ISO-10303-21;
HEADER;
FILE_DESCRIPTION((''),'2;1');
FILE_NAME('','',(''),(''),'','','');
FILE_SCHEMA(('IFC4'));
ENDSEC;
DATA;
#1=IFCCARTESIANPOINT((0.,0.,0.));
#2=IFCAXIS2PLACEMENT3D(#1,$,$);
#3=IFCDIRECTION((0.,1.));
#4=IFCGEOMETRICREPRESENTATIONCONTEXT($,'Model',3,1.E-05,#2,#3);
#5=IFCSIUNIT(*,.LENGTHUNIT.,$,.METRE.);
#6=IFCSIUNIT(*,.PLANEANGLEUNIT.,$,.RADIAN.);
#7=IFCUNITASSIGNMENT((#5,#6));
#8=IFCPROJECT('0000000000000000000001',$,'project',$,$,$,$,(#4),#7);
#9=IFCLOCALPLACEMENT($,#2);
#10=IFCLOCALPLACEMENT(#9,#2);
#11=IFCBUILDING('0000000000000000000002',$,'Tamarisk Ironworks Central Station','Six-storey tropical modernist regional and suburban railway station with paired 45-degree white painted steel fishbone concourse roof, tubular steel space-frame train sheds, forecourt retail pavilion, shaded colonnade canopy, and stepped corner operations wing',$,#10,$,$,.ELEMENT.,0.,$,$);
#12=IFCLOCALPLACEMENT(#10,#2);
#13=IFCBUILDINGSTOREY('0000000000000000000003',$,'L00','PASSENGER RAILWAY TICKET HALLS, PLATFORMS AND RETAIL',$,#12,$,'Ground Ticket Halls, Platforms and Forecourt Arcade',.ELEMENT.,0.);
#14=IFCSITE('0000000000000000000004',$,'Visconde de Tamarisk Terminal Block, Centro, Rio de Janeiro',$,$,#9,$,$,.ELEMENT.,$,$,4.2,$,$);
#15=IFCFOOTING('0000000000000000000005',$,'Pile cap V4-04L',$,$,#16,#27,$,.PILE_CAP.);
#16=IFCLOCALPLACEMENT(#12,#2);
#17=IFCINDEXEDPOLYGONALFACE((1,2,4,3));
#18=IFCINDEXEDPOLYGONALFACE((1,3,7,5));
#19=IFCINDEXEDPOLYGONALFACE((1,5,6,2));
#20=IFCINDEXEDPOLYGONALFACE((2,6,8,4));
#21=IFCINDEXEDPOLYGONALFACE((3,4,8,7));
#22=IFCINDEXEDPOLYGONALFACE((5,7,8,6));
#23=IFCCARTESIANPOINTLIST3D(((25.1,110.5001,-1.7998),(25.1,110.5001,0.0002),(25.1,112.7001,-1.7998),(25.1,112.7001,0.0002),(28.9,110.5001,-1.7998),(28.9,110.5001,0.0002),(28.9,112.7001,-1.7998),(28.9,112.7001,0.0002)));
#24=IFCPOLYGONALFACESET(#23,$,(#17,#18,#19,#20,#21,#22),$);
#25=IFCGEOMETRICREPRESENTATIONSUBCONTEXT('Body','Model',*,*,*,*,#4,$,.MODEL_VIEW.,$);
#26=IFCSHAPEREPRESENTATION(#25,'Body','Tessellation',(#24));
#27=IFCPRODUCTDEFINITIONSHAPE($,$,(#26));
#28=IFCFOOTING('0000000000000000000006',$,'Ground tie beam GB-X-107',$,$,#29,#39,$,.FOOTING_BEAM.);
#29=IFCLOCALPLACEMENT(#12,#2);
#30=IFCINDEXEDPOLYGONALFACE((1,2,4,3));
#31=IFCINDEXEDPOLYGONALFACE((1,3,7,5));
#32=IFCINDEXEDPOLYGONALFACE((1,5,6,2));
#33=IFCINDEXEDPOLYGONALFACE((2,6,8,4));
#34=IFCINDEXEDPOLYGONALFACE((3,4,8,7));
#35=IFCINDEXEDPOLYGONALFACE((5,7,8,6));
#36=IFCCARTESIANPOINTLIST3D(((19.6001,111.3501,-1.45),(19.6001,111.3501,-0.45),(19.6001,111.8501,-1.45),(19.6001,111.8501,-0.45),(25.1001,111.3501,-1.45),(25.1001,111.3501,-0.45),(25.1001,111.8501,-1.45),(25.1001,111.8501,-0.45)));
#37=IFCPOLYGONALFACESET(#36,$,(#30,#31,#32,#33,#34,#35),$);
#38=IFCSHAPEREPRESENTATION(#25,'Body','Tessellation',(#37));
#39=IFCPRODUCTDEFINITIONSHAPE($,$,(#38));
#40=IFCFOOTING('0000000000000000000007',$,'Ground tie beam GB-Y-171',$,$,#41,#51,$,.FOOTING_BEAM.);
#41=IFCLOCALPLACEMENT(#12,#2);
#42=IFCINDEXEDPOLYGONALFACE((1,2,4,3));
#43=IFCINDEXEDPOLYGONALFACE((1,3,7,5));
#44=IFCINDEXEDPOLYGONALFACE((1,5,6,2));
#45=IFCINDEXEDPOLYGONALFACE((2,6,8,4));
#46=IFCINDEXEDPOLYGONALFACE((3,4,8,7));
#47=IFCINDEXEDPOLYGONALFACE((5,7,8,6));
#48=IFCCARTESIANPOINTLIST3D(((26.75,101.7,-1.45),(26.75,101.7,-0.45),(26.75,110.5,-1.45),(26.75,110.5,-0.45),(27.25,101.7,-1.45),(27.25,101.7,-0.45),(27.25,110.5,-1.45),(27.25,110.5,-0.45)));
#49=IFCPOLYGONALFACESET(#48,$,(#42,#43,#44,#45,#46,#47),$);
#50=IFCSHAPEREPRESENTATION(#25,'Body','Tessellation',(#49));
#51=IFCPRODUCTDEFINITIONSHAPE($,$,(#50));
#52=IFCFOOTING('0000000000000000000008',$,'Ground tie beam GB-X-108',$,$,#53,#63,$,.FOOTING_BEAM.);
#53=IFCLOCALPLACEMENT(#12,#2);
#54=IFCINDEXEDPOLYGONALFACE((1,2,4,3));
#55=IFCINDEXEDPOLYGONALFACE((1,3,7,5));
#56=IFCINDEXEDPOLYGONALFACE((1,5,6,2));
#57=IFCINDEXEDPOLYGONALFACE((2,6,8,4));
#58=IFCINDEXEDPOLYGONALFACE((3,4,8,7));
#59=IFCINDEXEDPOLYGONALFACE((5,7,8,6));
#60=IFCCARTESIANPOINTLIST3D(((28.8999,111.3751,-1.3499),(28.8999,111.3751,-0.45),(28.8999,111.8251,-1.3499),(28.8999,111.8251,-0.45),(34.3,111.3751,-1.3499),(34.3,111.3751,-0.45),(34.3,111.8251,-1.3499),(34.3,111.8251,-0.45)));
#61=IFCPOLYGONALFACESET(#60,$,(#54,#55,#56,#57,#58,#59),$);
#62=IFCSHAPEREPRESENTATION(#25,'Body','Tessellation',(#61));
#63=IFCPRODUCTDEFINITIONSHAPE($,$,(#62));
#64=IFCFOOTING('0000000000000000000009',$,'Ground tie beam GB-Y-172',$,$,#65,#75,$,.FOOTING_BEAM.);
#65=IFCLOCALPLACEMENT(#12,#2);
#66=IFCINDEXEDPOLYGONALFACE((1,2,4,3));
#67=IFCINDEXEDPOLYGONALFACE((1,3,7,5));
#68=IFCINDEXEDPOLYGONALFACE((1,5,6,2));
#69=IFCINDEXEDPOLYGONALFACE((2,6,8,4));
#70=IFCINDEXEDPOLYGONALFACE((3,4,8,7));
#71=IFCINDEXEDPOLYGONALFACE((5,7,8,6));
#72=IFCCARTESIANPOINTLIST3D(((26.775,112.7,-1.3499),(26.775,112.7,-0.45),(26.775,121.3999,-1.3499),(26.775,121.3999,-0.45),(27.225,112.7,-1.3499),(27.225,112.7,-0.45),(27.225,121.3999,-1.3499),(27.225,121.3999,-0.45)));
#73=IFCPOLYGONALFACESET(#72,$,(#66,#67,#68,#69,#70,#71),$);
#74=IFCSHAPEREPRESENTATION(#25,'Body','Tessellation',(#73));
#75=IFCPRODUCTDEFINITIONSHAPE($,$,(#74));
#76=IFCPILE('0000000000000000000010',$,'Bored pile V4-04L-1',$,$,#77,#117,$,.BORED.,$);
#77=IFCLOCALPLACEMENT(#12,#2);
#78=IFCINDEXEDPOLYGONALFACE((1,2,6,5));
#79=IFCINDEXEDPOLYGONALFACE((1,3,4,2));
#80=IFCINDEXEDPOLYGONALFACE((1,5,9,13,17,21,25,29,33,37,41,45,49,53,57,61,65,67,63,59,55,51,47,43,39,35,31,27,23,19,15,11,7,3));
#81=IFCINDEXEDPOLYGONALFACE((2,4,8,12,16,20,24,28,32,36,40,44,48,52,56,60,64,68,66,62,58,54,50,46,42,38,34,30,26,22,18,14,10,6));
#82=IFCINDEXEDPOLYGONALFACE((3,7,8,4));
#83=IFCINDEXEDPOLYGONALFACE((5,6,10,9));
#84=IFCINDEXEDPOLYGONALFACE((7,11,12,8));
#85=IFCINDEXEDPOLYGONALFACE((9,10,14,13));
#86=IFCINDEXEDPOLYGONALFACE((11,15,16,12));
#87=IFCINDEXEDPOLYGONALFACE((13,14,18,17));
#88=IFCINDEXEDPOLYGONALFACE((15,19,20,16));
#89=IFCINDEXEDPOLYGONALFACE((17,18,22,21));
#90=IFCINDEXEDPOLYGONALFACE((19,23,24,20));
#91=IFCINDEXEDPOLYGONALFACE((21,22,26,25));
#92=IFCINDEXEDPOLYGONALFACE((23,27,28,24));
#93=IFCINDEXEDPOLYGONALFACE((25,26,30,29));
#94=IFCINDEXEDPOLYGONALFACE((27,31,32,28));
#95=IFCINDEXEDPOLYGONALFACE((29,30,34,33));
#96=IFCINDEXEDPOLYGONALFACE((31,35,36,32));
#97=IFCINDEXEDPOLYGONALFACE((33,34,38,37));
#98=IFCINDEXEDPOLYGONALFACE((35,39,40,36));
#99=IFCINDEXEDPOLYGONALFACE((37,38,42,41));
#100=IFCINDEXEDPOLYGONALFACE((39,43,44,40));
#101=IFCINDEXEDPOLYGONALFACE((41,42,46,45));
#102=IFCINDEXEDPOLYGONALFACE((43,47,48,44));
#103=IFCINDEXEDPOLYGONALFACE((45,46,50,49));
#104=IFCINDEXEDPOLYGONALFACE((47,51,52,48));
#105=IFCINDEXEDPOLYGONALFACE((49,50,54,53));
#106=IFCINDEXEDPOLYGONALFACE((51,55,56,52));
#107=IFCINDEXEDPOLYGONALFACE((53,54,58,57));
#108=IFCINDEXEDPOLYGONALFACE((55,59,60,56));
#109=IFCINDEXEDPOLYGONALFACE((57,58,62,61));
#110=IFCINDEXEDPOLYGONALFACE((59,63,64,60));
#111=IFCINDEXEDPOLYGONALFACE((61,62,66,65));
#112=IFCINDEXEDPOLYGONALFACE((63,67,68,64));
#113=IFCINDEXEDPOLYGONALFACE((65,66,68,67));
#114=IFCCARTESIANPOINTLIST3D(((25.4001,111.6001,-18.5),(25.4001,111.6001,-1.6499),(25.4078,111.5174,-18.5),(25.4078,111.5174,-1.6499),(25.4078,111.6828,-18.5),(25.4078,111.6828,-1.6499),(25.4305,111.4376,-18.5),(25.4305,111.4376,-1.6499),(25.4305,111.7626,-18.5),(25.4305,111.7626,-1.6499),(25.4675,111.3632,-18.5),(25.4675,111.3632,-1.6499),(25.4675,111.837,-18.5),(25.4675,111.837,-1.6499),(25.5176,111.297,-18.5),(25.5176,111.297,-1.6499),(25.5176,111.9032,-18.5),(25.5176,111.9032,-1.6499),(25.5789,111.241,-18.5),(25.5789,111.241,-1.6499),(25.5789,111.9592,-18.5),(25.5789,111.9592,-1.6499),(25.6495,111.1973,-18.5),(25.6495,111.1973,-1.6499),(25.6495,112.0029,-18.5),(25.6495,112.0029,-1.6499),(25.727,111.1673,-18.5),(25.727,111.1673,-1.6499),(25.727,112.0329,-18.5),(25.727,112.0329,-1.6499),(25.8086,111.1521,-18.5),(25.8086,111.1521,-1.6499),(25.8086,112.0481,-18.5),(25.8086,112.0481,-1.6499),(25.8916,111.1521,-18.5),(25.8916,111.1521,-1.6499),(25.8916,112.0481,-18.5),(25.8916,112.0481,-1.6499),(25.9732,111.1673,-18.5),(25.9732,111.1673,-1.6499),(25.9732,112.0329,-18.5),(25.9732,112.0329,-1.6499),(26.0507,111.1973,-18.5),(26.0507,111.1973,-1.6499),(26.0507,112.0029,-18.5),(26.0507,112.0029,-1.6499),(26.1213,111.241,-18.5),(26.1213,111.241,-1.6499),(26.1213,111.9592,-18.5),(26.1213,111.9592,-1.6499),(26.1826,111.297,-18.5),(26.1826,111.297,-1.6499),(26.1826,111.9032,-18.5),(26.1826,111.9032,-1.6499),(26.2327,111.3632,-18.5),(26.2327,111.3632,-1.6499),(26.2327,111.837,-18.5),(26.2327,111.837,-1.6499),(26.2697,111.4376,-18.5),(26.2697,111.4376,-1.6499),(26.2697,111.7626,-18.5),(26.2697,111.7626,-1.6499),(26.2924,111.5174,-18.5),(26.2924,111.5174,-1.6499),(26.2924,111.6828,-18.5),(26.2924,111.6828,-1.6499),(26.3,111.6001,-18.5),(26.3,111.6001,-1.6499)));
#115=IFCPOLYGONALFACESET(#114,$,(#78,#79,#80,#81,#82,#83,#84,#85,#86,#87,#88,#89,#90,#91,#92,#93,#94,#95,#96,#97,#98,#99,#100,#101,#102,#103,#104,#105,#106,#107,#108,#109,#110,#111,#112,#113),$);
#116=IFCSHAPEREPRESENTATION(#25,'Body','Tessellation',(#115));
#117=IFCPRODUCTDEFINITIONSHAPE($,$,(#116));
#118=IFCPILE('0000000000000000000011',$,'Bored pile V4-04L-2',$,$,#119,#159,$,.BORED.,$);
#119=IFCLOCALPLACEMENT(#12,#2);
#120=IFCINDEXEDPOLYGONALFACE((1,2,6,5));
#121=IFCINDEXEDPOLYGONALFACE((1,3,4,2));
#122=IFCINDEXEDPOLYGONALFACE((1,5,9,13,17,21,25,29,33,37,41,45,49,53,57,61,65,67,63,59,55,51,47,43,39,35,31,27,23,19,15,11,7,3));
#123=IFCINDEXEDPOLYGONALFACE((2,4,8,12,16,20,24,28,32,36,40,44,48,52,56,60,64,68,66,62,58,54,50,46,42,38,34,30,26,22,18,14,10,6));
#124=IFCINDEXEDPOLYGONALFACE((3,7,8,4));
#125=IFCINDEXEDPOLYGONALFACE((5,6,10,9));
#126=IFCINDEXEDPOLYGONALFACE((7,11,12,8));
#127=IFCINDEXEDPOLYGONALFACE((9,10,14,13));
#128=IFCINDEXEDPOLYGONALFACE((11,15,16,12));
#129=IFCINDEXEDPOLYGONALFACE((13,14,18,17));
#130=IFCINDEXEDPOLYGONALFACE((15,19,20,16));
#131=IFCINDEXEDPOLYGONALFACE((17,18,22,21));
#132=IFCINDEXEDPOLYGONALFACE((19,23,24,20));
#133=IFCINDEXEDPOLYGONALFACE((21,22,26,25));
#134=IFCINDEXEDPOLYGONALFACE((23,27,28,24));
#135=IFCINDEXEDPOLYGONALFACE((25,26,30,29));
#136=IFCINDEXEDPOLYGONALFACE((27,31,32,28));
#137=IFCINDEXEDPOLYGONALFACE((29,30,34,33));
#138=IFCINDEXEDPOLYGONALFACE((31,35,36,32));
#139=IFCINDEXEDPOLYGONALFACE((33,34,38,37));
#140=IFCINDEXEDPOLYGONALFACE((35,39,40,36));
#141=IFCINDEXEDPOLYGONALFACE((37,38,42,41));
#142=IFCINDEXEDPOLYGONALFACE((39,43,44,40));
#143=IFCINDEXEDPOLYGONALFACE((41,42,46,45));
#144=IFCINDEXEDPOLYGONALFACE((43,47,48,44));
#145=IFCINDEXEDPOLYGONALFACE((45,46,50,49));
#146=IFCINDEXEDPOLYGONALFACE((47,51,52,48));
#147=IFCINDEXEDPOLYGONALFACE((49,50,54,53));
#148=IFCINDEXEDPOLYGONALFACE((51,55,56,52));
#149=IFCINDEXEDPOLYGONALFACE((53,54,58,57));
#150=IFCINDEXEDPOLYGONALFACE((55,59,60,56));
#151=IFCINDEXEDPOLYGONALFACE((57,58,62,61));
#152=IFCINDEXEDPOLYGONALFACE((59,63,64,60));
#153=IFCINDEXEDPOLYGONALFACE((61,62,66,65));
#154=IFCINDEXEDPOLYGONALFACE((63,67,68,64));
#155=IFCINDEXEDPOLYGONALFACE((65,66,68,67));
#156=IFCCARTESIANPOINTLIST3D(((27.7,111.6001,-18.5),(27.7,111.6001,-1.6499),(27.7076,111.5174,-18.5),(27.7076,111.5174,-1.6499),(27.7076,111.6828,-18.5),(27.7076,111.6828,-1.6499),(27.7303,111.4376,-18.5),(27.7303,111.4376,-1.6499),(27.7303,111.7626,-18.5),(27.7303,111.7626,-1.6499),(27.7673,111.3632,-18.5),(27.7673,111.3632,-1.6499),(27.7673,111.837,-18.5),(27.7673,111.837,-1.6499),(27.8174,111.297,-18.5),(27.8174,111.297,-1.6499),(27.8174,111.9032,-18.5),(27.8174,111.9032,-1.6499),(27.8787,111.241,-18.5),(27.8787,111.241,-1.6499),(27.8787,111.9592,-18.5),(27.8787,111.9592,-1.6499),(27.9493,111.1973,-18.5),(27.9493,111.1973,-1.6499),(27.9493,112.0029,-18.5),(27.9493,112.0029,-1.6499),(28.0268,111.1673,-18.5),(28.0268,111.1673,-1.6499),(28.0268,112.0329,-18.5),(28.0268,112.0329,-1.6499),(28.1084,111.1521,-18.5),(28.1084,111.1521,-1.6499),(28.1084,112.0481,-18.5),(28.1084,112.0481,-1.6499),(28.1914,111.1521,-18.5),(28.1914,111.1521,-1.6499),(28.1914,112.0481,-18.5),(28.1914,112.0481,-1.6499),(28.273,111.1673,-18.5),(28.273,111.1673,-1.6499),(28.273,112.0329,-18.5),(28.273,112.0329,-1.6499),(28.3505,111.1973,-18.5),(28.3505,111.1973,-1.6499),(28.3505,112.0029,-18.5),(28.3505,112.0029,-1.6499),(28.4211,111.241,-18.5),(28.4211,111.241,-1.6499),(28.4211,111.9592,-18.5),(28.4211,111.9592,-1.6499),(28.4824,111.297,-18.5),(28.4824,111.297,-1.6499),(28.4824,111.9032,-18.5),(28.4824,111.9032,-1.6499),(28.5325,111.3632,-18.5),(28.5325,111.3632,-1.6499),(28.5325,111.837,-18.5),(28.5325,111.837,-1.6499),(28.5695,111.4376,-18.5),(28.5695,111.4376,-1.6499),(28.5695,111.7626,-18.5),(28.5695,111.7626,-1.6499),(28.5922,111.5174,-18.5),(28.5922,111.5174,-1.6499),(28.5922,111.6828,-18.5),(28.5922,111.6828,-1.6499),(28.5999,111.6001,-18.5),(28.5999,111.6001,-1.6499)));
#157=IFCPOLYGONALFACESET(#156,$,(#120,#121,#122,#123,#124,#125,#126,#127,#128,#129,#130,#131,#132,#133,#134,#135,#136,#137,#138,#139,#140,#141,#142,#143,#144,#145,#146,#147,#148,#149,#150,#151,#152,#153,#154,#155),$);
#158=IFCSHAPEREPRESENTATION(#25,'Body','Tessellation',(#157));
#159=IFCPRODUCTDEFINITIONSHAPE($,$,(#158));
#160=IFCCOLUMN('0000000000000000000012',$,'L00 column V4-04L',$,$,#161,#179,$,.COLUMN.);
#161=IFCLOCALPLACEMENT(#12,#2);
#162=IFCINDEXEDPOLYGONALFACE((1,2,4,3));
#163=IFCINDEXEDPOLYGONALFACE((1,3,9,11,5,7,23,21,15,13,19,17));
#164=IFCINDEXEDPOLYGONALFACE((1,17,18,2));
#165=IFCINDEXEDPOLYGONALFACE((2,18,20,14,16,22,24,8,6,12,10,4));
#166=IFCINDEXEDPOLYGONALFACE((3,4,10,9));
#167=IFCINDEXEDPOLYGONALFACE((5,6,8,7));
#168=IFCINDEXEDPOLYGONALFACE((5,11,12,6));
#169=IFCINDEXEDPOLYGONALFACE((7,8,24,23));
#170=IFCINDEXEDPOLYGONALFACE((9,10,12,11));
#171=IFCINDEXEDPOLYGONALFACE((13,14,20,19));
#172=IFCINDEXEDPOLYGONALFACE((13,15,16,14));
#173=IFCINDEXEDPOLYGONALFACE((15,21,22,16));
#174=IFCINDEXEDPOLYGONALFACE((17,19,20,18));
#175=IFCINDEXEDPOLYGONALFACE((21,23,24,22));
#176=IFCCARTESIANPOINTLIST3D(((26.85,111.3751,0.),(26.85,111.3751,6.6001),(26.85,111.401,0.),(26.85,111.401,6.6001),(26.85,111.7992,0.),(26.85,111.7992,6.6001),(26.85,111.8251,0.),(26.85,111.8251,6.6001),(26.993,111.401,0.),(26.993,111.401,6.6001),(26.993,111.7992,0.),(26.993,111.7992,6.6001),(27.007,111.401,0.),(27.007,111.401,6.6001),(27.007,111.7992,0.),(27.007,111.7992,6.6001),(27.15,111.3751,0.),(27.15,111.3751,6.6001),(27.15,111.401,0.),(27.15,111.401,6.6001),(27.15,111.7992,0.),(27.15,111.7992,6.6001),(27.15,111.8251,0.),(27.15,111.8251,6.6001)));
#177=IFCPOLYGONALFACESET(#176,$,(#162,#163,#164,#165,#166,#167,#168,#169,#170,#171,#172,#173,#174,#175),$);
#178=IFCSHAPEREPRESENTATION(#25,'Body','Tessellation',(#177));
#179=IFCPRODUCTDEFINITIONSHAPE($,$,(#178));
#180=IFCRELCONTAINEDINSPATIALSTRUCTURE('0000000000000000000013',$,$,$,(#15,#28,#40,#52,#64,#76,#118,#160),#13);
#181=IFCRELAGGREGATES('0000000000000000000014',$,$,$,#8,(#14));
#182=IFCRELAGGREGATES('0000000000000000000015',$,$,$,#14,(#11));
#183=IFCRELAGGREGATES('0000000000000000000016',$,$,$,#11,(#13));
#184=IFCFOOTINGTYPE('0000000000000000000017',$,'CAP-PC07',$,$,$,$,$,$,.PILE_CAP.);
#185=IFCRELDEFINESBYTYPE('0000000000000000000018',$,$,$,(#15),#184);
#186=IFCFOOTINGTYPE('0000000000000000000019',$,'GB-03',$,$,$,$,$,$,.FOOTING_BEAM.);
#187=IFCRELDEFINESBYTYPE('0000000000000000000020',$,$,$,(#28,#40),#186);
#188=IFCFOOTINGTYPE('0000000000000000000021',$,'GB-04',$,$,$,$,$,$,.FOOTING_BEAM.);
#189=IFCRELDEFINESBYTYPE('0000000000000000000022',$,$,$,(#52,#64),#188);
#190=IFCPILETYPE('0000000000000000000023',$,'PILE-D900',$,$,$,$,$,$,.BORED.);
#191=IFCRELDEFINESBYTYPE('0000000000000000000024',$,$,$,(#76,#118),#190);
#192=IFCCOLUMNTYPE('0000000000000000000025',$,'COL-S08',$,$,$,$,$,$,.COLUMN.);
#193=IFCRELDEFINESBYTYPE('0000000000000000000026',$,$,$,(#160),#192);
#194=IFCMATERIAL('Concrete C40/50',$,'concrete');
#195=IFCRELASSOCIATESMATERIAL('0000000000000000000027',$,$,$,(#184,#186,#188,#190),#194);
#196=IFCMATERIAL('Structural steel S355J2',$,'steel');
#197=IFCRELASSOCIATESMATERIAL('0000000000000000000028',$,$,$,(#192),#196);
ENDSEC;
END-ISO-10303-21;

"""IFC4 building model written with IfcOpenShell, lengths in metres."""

from ifc_helpers import new_model, si_unit, direction, frame, origin, origin_2d, place, context, subcontext, project, spatial, rectangle, circle, i_section, extrude, material, material_profile, profile_set, type_object, element, save


model = new_model("IFC4")

# Units and contexts
model_context = context("Model", 3, precision=1e-05, world=origin(), true_north=direction((0.0, 1.0)))
body_context = subcontext(model_context, "Body", "Model", "MODEL_VIEW")
ifc_project = project(units=[si_unit("LENGTHUNIT", "METRE"), si_unit("PLANEANGLEUNIT", "RADIAN")], contexts=[model_context])

# Site, building, storey
site_placement = place(None, origin())
site = spatial("IfcSite", under=ifc_project, at=site_placement, Name="Visconde de Tamarisk Terminal Block, Centro, Rio de Janeiro", CompositionType="ELEMENT", RefElevation=4.2)
building_placement = place(site_placement, origin())
building = spatial("IfcBuilding", under=site, at=building_placement, Name="Tamarisk Ironworks Central Station", Description="Six-storey tropical modernist regional and suburban railway station with paired 45-degree white painted steel fishbone concourse roof, tubular steel space-frame train sheds, forecourt retail pavilion, shaded colonnade canopy, and stepped corner operations wing", CompositionType="ELEMENT", ElevationOfRefHeight=0.0)
storey_placement = place(building_placement, origin())
storey = spatial("IfcBuildingStorey", under=building, at=storey_placement, Name="L00", Description="PASSENGER RAILWAY TICKET HALLS, PLATFORMS AND RETAIL", LongName="Ground Ticket Halls, Platforms and Forecourt Arcade", CompositionType="ELEMENT", Elevation=0.0)

# Footings
ifc_material_1 = material(Name="Concrete C40/50", Category="concrete")
footing_type_1 = type_object("IfcFootingType", Name="CAP-PC07", PredefinedType="PILE_CAP", material=ifc_material_1)
footing_1_placement = place(storey_placement, frame((27.0, 111.6001, -1.7998), z_axis=(0.0, 0.0, 1.0), x_axis=(1.0, 0.0, 0.0)))
element("IfcFooting", 1, at=footing_1_placement, inside=storey, type_object=footing_type_1, Name="Pile cap V4-04L", PredefinedType="PILE_CAP", context=body_context, shape_type="SweptSolid", body=[
    extrude(rectangle(XDim=3.8, YDim=2.2, at=origin_2d()), origin(), (0.0, 0.0, 1.0), 1.8),
])
ifc_material_profile_1 = material_profile(ifc_material_1, rectangle(XDim=0.5, YDim=1.0, at=origin_2d()), Name="GB03 500x1000")
ifc_profile_set_1 = profile_set([ifc_material_profile_1], Name="Concrete C40/50")
footing_type_2 = type_object("IfcFootingType", Name="GB-03", PredefinedType="FOOTING_BEAM", material=ifc_profile_set_1)
footing_2_placement = place(storey_placement, frame((19.6001, 111.6001, -0.95), z_axis=(1.0, 0.0, 0.0), x_axis=(0.0, 1.0, 0.0)))
element("IfcFooting", 2, at=footing_2_placement, inside=storey, type_object=footing_type_2, Name="Ground tie beam GB-X-107", PredefinedType="FOOTING_BEAM", context=body_context, shape_type="SweptSolid", body=[
    extrude(rectangle(XDim=0.5, YDim=1.0, at=origin_2d()), origin(), (0.0, 0.0, 1.0), 5.5),
])
footing_3_placement = place(storey_placement, frame((27.0, 101.7, -0.95), z_axis=(0.0, 1.0, 0.0), x_axis=(-1.0, 0.0, 0.0)))
element("IfcFooting", 3, at=footing_3_placement, inside=storey, type_object=footing_type_2, Name="Ground tie beam GB-Y-171", PredefinedType="FOOTING_BEAM", context=body_context, shape_type="SweptSolid", body=[
    extrude(rectangle(XDim=0.5, YDim=1.0, at=origin_2d()), origin(), (0.0, 0.0, 1.0), 8.8),
])
ifc_material_profile_2 = material_profile(ifc_material_1, rectangle(XDim=0.45, YDim=0.8999, at=origin_2d()), Name="GB04 450x900")
ifc_profile_set_2 = profile_set([ifc_material_profile_2], Name="Concrete C40/50")
footing_type_3 = type_object("IfcFootingType", Name="GB-04", PredefinedType="FOOTING_BEAM", material=ifc_profile_set_2)
footing_4_placement = place(storey_placement, frame((28.8999, 111.6001, -0.8999), z_axis=(1.0, 0.0, 0.0), x_axis=(0.0, 1.0, 0.0)))
element("IfcFooting", 4, at=footing_4_placement, inside=storey, type_object=footing_type_3, Name="Ground tie beam GB-X-108", PredefinedType="FOOTING_BEAM", context=body_context, shape_type="SweptSolid", body=[
    extrude(rectangle(XDim=0.45, YDim=0.8999, at=origin_2d()), origin(), (0.0, 0.0, 1.0), 5.4001),
])
footing_5_placement = place(storey_placement, frame((27.0, 112.7, -0.8999), z_axis=(0.0, 1.0, 0.0), x_axis=(-1.0, 0.0, 0.0)))
element("IfcFooting", 5, at=footing_5_placement, inside=storey, type_object=footing_type_3, Name="Ground tie beam GB-Y-172", PredefinedType="FOOTING_BEAM", context=body_context, shape_type="SweptSolid", body=[
    extrude(rectangle(XDim=0.45, YDim=0.8999, at=origin_2d()), origin(), (0.0, 0.0, 1.0), 8.7),
])

# Piles
ifc_material_profile_3 = material_profile(ifc_material_1, circle(Radius=0.45, at=origin_2d()), Name="BORED PILE D900")
ifc_profile_set_3 = profile_set([ifc_material_profile_3], Name="Concrete C40/50")
pile_type = type_object("IfcPileType", Name="PILE-D900", PredefinedType="BORED", material=ifc_profile_set_3)
for number, where, z_axis, x_axis, name in (
    (6, (25.8501, 111.6001, -1.6499), (0.0, 0.0, -1.0), (1.0, 0.0, 0.0), "Bored pile V4-04L-1"),
    (7, (28.1499, 111.6001, -1.6499), (0.0, 0.0, -1.0), (1.0, 0.0, 0.0), "Bored pile V4-04L-2"),
):
    element("IfcPile", number, at=place(storey_placement, frame(where, z_axis=z_axis, x_axis=x_axis)), inside=storey, type_object=pile_type, Name=name, PredefinedType="BORED", context=body_context, shape_type="SweptSolid", body=[
        extrude(circle(Radius=0.45, at=origin_2d()), origin(), (0.0, 0.0, 1.0), 16.8501),
    ])

# Column
ifc_material_2 = material(Name="Structural steel S355J2", Category="steel")
ifc_material_profile_4 = material_profile(ifc_material_2, i_section(OverallWidth=0.3, OverallDepth=0.45, WebThickness=0.0139, FlangeThickness=0.0259, at=origin_2d()), Name="HEB 450")
ifc_profile_set_4 = profile_set([ifc_material_profile_4], Name="Structural steel S355J2")
column_type = type_object("IfcColumnType", Name="COL-S08", PredefinedType="COLUMN", material=ifc_profile_set_4)
column_placement = place(storey_placement, frame((27.0, 111.6001, 0.0), z_axis=(0.0, 0.0, 1.0), x_axis=(1.0, 0.0, 0.0)))
element("IfcColumn", 8, at=column_placement, inside=storey, type_object=column_type, Name="L00 column V4-04L", PredefinedType="COLUMN", context=body_context, shape_type="SweptSolid", body=[
    extrude(i_section(OverallWidth=0.3, OverallDepth=0.45, WebThickness=0.0139, FlangeThickness=0.0259, at=origin_2d()), origin(), (0.0, 0.0, 1.0), 6.6001),
])

save(model, "model.ifc")
